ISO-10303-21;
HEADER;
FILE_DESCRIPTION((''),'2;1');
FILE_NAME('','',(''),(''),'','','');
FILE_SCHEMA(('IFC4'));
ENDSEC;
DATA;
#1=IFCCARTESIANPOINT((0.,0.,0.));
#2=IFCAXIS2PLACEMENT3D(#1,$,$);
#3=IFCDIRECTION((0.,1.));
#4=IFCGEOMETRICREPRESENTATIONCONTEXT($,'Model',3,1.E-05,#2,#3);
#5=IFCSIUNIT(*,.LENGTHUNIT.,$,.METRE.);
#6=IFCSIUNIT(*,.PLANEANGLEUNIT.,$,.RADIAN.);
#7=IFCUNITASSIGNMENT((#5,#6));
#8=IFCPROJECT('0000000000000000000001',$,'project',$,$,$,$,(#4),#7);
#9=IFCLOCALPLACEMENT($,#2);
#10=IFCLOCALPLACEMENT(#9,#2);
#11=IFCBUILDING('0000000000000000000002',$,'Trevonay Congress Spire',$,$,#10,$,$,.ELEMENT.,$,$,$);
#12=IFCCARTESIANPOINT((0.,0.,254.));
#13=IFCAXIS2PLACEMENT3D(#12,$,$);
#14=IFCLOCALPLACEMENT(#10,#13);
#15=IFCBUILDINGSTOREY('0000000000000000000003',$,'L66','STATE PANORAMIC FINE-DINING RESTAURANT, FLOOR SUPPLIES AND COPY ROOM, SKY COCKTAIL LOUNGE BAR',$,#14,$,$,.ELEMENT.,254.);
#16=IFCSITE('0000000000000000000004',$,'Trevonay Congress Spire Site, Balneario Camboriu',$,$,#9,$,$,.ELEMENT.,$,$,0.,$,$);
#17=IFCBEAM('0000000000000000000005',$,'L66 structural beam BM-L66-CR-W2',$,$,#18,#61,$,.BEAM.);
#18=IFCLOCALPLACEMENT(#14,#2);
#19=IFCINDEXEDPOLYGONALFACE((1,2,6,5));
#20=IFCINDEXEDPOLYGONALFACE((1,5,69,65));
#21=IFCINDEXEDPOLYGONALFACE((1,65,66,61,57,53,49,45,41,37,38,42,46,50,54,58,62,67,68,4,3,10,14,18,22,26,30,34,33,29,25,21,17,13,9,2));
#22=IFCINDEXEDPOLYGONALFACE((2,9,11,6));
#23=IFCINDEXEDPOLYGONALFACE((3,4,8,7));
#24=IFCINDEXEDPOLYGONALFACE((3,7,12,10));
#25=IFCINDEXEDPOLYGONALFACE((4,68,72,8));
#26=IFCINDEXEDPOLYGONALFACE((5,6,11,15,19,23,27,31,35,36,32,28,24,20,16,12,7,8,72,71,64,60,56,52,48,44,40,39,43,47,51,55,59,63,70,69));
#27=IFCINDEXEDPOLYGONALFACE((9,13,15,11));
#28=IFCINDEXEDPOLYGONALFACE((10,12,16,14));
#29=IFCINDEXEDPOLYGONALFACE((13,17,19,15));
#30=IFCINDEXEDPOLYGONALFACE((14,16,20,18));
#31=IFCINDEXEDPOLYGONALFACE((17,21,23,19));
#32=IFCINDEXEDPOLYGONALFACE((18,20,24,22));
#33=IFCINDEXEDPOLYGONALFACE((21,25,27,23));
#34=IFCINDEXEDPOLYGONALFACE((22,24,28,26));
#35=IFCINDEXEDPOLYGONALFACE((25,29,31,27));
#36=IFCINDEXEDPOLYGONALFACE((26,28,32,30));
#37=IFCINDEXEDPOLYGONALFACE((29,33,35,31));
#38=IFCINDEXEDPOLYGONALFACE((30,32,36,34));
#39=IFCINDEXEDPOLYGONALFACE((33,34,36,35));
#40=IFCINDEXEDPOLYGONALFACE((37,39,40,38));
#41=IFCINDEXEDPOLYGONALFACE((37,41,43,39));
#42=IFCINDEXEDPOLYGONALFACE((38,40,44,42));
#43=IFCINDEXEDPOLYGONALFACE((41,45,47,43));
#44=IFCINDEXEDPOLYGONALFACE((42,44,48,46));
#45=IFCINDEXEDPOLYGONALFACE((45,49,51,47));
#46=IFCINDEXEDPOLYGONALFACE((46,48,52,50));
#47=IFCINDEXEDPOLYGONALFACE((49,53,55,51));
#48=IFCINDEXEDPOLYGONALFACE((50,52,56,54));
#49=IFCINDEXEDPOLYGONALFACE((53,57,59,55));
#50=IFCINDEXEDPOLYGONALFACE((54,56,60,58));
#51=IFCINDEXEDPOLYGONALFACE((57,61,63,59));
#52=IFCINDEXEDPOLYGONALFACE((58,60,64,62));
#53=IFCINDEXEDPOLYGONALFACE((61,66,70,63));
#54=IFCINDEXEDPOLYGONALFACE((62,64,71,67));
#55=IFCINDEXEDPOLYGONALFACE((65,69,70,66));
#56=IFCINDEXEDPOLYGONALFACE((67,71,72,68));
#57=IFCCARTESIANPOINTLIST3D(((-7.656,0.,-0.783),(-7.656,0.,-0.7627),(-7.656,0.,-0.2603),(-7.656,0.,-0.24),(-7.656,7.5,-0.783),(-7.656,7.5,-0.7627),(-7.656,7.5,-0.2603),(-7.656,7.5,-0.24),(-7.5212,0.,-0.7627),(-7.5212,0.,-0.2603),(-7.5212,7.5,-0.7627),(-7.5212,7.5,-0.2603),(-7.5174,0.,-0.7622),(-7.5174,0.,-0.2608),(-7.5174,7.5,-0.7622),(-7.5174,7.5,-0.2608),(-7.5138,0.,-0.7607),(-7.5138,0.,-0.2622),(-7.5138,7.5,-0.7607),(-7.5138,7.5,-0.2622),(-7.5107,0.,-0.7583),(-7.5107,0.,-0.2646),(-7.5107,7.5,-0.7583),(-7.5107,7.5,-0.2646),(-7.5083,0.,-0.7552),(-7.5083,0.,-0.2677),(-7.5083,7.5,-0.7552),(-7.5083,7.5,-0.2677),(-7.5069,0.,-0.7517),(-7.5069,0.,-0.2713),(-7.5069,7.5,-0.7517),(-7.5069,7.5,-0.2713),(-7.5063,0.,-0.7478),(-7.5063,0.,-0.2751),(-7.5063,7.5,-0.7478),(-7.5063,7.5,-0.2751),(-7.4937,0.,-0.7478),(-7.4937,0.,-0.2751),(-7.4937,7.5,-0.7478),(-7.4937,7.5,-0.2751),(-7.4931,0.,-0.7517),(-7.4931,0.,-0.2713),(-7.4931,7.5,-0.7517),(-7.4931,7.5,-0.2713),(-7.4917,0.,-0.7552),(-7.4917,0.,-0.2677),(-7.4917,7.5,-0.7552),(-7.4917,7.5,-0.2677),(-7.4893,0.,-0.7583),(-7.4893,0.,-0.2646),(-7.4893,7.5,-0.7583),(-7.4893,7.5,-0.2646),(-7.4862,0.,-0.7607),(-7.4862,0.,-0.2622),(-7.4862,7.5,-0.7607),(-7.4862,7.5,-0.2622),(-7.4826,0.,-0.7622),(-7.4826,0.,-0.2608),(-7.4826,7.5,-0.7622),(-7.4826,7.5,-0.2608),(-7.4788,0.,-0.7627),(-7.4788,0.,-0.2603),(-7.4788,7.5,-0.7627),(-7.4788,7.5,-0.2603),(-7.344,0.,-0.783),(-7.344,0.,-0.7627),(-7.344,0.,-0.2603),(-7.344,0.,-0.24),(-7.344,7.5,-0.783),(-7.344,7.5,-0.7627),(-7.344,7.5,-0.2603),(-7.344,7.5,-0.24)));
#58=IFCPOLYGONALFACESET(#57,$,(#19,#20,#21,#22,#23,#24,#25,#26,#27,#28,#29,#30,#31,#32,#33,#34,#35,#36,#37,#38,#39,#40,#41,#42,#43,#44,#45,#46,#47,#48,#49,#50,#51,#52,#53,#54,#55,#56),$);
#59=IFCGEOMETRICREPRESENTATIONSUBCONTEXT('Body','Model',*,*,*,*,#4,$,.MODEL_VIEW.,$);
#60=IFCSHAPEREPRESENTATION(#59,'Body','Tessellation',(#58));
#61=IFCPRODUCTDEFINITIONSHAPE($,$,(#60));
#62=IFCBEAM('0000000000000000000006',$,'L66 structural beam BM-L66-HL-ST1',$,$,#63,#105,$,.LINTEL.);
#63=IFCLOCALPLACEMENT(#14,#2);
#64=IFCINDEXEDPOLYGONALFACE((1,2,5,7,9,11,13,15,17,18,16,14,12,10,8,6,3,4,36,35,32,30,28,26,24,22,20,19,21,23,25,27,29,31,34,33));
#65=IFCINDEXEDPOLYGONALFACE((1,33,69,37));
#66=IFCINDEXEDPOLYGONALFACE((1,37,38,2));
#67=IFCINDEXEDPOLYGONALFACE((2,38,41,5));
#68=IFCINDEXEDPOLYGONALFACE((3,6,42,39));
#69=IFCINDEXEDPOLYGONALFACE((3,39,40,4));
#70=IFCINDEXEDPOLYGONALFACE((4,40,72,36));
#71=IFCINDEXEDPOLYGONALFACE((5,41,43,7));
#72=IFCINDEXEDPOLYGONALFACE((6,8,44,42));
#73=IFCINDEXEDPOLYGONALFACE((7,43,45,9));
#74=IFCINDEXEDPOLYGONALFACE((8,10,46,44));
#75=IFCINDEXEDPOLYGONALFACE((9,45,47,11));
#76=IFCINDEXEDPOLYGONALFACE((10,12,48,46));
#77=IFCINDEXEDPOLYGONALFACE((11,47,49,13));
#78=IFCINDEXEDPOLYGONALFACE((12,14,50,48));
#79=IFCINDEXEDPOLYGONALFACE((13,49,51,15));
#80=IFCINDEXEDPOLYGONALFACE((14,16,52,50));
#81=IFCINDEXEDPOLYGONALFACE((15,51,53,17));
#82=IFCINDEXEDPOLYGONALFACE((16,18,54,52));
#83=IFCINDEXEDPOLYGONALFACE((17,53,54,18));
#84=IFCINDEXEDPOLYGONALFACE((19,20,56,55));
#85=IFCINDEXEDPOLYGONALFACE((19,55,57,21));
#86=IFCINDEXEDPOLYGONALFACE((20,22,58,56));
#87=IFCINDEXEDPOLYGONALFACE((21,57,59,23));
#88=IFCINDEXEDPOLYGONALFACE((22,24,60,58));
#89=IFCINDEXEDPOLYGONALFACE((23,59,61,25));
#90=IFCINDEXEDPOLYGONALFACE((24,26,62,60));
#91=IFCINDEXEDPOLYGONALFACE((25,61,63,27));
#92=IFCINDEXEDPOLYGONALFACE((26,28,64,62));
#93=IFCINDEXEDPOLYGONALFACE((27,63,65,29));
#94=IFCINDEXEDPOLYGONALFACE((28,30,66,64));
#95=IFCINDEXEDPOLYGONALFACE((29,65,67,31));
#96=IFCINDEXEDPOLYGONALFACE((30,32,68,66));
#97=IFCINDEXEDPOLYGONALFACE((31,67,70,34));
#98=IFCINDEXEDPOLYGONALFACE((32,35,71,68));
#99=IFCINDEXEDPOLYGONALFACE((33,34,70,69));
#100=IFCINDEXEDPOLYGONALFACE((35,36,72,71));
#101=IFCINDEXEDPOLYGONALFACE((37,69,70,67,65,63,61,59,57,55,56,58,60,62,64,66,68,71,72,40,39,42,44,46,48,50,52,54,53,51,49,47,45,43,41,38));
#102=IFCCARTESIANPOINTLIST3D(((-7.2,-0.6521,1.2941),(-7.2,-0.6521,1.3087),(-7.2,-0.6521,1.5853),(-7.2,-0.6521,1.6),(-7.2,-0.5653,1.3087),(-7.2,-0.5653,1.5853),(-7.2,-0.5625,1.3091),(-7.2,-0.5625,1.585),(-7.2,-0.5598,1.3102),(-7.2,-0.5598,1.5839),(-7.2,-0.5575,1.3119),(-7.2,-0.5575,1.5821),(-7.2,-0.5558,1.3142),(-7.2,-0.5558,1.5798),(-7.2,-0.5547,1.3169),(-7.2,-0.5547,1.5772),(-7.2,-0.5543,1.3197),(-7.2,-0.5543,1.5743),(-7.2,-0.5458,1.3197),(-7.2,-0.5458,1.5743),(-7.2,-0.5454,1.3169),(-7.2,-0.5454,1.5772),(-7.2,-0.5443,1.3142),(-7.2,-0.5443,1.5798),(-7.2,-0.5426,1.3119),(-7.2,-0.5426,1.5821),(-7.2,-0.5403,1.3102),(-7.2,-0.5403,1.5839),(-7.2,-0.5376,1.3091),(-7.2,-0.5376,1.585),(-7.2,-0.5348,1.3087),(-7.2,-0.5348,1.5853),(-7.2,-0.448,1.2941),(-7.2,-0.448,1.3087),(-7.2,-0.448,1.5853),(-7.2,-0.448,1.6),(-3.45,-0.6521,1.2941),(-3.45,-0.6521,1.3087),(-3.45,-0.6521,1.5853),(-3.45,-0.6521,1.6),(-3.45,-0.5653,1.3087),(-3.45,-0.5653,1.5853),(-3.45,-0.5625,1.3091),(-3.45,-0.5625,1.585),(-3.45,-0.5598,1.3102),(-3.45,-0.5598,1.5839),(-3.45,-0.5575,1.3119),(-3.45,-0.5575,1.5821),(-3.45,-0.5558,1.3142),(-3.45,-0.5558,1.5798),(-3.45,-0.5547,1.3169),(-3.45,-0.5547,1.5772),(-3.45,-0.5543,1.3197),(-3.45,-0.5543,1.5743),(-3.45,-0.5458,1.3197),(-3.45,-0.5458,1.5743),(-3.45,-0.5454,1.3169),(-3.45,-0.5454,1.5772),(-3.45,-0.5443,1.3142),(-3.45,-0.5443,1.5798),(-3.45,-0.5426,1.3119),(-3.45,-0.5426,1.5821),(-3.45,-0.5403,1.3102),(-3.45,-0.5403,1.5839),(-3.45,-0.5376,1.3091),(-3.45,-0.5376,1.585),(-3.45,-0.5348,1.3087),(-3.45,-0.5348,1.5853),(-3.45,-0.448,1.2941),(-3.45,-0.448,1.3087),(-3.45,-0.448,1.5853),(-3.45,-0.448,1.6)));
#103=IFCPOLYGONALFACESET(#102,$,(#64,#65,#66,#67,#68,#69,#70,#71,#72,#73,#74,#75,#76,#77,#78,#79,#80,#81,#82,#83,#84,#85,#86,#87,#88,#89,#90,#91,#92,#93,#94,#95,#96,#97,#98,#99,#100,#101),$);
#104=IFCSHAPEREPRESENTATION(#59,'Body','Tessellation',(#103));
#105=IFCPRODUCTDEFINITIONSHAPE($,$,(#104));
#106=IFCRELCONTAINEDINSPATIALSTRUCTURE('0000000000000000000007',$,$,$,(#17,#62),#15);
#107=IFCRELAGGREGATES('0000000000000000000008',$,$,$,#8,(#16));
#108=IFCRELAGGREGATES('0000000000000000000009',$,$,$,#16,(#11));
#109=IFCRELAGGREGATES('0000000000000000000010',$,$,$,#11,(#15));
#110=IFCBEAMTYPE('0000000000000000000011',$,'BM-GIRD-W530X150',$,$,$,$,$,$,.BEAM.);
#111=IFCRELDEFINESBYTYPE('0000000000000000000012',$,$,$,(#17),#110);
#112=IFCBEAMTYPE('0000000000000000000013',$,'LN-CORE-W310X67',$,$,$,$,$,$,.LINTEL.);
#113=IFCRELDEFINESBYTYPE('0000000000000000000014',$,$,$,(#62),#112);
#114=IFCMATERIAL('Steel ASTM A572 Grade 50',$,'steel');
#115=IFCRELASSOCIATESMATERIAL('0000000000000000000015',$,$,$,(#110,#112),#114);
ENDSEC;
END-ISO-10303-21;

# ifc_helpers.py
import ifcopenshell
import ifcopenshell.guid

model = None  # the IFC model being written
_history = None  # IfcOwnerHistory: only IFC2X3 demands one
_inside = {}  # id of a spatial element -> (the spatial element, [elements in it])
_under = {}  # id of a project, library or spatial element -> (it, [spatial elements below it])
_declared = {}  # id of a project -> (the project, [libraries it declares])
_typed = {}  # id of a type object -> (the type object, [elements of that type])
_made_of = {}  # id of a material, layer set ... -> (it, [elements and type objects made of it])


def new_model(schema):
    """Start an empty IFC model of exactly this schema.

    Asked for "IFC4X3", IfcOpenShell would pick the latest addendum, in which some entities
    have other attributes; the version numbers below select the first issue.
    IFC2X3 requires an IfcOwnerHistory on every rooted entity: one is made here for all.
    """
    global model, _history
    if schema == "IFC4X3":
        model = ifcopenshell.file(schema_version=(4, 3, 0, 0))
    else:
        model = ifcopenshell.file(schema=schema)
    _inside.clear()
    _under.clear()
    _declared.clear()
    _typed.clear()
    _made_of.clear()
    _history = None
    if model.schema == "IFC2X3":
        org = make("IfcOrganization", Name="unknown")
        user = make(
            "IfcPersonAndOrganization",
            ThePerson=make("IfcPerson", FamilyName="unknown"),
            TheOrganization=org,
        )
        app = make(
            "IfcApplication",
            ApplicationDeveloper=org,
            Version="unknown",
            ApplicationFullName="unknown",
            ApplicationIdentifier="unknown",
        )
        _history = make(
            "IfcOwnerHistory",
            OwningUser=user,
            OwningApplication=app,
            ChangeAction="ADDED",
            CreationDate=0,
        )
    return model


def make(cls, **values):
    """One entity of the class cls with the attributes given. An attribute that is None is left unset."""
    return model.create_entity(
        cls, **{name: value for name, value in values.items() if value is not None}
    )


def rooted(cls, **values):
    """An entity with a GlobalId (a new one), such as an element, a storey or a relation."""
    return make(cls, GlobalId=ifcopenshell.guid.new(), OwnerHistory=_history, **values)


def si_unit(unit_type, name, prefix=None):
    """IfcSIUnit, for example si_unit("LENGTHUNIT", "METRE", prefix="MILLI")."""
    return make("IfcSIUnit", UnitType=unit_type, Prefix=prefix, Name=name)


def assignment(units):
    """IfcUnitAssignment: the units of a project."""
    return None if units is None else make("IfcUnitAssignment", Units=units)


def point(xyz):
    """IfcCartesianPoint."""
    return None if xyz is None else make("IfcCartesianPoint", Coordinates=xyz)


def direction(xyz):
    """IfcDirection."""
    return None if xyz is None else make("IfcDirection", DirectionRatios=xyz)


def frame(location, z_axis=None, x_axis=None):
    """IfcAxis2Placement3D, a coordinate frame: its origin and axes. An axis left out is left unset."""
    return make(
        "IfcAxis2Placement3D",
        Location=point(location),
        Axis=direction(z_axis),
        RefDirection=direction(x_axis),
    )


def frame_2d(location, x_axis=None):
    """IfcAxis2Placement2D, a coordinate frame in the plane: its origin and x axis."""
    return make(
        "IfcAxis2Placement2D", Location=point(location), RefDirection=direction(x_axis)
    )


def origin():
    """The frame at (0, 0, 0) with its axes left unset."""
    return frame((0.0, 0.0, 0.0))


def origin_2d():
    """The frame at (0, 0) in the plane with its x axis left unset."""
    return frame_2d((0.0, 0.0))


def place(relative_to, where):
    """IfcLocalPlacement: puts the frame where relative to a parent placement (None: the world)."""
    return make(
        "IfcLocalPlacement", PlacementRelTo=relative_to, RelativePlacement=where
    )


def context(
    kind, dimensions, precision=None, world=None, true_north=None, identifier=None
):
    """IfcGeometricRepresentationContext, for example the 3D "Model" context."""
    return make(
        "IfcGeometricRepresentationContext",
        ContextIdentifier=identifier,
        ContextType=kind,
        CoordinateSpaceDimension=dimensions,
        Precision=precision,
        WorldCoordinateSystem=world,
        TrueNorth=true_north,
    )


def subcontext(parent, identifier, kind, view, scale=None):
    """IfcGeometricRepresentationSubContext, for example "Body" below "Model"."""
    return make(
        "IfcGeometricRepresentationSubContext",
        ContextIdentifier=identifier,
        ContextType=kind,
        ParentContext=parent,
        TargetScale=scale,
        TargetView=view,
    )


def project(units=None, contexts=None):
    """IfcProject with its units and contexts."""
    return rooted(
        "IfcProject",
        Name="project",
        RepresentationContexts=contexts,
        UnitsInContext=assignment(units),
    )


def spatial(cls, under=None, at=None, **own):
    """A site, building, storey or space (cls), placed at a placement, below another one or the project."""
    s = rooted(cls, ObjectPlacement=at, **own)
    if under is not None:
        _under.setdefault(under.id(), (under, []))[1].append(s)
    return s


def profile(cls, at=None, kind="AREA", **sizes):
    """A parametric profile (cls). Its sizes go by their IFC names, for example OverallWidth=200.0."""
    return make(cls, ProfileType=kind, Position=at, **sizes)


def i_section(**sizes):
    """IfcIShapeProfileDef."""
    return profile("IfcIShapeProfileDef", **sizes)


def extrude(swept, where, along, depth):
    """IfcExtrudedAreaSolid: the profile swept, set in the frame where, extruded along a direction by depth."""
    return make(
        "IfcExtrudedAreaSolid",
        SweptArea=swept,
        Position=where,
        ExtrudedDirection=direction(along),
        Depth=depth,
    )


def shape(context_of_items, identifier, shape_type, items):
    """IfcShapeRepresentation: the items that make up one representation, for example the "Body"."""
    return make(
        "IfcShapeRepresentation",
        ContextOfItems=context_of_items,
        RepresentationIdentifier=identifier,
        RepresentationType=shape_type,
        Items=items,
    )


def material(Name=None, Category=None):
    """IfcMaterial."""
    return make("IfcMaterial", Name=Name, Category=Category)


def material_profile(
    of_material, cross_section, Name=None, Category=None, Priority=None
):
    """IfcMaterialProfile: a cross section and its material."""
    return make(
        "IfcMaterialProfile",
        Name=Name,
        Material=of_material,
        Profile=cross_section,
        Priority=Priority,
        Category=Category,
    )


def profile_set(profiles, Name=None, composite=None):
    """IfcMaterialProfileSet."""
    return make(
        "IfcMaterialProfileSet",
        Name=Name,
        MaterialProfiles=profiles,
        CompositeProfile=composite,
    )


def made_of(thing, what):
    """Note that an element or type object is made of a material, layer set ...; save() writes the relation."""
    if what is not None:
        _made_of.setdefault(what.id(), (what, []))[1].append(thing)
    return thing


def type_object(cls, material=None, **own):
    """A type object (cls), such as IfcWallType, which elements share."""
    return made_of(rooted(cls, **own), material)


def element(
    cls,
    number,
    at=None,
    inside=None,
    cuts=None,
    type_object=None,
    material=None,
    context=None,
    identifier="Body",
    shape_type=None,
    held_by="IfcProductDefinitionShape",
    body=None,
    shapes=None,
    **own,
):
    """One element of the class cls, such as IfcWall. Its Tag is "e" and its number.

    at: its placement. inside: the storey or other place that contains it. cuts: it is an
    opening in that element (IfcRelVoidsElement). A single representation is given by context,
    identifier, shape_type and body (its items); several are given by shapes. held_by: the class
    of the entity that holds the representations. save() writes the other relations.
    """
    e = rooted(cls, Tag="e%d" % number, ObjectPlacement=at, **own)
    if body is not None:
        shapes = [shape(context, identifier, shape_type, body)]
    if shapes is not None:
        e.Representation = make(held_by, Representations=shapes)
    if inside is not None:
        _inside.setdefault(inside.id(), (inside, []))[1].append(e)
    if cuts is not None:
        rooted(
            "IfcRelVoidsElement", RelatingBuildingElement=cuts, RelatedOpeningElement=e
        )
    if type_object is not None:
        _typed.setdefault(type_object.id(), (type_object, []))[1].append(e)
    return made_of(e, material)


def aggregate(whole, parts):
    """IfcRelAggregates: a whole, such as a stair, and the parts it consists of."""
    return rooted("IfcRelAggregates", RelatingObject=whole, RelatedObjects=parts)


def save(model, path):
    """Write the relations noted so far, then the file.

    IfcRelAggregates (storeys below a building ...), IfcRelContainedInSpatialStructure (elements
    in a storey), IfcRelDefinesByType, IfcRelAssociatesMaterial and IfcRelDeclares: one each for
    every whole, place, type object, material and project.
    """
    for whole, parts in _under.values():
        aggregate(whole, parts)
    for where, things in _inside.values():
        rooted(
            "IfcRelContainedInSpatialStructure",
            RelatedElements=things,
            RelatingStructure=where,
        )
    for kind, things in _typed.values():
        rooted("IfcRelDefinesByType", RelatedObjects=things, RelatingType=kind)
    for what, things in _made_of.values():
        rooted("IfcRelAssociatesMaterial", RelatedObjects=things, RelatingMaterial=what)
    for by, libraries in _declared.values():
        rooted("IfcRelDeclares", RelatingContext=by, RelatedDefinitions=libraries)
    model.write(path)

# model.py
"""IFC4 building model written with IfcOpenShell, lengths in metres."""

from ifc_helpers import new_model, si_unit, direction, frame, origin, origin_2d, place, context, subcontext, project, spatial, i_section, extrude, material, material_profile, profile_set, type_object, element, save


model = new_model("IFC4")

# Units and contexts
model_context = context("Model", 3, precision=1e-05, world=origin(), true_north=direction((0.0, 1.0)))
body_context = subcontext(model_context, "Body", "Model", "MODEL_VIEW")
ifc_project = project(units=[si_unit("LENGTHUNIT", "METRE"), si_unit("PLANEANGLEUNIT", "RADIAN")], contexts=[model_context])

# Site, building, storey
site_placement = place(None, origin())
site = spatial("IfcSite", under=ifc_project, at=site_placement, Name="Trevonay Congress Spire Site, Balneario Camboriu", CompositionType="ELEMENT", RefElevation=0.0)
building_placement = place(site_placement, origin())
building = spatial("IfcBuilding", under=site, at=building_placement, Name="Trevonay Congress Spire", CompositionType="ELEMENT")
storey_placement = place(building_placement, frame((0.0, 0.0, 254.0)))
storey = spatial("IfcBuildingStorey", under=building, at=storey_placement, Name="L66", Description="STATE PANORAMIC FINE-DINING RESTAURANT, FLOOR SUPPLIES AND COPY ROOM, SKY COCKTAIL LOUNGE BAR", CompositionType="ELEMENT", Elevation=254.0)

# Shared definitions
ifc_material_1 = material(Name="Steel ASTM A572 Grade 50", Category="steel")

# Beams
ifc_material_profile_1 = material_profile(ifc_material_1, i_section(OverallWidth=0.312, OverallDepth=0.543, WebThickness=0.0127, FlangeThickness=0.0203, FilletRadius=0.0149, at=origin_2d()), Name="W530x150")
ifc_profile_set_1 = profile_set([ifc_material_profile_1], Name="Steel ASTM A572 Grade 50")
beam_type_1 = type_object("IfcBeamType", Name="BM-GIRD-W530X150", PredefinedType="BEAM", material=ifc_profile_set_1)
beam_1_placement = place(storey_placement, frame((-7.5, 0.0, -0.5115), z_axis=(0.0, 1.0, 0.0), x_axis=(-1.0, 0.0, 0.0)))
element("IfcBeam", 1, at=beam_1_placement, inside=storey, type_object=beam_type_1, Name="L66 structural beam BM-L66-CR-W2", PredefinedType="BEAM", context=body_context, shape_type="SweptSolid", body=[
    extrude(i_section(OverallWidth=0.312, OverallDepth=0.543, WebThickness=0.0127, FlangeThickness=0.0203, FilletRadius=0.0149, at=origin_2d()), origin(), (0.0, 0.0, 1.0), 7.5),
])
ifc_material_profile_2 = material_profile(ifc_material_1, i_section(OverallWidth=0.2041, OverallDepth=0.3059, WebThickness=0.0085, FlangeThickness=0.0146, FilletRadius=0.011, at=origin_2d()), Name="W310x67")
ifc_profile_set_2 = profile_set([ifc_material_profile_2], Name="Steel ASTM A572 Grade 50")
beam_type_2 = type_object("IfcBeamType", Name="LN-CORE-W310X67", PredefinedType="LINTEL", material=ifc_profile_set_2)
beam_2_placement = place(storey_placement, frame((-7.2, -0.55, 1.447), z_axis=(1.0, 0.0, 0.0), x_axis=(0.0, 1.0, 0.0)))
element("IfcBeam", 2, at=beam_2_placement, inside=storey, type_object=beam_type_2, Name="L66 structural beam BM-L66-HL-ST1", PredefinedType="LINTEL", context=body_context, shape_type="SweptSolid", body=[
    extrude(i_section(OverallWidth=0.2041, OverallDepth=0.3059, WebThickness=0.0085, FlangeThickness=0.0146, FilletRadius=0.011, at=origin_2d()), origin(), (0.0, 0.0, 1.0), 3.75),
])

save(model, "model.ifc")
